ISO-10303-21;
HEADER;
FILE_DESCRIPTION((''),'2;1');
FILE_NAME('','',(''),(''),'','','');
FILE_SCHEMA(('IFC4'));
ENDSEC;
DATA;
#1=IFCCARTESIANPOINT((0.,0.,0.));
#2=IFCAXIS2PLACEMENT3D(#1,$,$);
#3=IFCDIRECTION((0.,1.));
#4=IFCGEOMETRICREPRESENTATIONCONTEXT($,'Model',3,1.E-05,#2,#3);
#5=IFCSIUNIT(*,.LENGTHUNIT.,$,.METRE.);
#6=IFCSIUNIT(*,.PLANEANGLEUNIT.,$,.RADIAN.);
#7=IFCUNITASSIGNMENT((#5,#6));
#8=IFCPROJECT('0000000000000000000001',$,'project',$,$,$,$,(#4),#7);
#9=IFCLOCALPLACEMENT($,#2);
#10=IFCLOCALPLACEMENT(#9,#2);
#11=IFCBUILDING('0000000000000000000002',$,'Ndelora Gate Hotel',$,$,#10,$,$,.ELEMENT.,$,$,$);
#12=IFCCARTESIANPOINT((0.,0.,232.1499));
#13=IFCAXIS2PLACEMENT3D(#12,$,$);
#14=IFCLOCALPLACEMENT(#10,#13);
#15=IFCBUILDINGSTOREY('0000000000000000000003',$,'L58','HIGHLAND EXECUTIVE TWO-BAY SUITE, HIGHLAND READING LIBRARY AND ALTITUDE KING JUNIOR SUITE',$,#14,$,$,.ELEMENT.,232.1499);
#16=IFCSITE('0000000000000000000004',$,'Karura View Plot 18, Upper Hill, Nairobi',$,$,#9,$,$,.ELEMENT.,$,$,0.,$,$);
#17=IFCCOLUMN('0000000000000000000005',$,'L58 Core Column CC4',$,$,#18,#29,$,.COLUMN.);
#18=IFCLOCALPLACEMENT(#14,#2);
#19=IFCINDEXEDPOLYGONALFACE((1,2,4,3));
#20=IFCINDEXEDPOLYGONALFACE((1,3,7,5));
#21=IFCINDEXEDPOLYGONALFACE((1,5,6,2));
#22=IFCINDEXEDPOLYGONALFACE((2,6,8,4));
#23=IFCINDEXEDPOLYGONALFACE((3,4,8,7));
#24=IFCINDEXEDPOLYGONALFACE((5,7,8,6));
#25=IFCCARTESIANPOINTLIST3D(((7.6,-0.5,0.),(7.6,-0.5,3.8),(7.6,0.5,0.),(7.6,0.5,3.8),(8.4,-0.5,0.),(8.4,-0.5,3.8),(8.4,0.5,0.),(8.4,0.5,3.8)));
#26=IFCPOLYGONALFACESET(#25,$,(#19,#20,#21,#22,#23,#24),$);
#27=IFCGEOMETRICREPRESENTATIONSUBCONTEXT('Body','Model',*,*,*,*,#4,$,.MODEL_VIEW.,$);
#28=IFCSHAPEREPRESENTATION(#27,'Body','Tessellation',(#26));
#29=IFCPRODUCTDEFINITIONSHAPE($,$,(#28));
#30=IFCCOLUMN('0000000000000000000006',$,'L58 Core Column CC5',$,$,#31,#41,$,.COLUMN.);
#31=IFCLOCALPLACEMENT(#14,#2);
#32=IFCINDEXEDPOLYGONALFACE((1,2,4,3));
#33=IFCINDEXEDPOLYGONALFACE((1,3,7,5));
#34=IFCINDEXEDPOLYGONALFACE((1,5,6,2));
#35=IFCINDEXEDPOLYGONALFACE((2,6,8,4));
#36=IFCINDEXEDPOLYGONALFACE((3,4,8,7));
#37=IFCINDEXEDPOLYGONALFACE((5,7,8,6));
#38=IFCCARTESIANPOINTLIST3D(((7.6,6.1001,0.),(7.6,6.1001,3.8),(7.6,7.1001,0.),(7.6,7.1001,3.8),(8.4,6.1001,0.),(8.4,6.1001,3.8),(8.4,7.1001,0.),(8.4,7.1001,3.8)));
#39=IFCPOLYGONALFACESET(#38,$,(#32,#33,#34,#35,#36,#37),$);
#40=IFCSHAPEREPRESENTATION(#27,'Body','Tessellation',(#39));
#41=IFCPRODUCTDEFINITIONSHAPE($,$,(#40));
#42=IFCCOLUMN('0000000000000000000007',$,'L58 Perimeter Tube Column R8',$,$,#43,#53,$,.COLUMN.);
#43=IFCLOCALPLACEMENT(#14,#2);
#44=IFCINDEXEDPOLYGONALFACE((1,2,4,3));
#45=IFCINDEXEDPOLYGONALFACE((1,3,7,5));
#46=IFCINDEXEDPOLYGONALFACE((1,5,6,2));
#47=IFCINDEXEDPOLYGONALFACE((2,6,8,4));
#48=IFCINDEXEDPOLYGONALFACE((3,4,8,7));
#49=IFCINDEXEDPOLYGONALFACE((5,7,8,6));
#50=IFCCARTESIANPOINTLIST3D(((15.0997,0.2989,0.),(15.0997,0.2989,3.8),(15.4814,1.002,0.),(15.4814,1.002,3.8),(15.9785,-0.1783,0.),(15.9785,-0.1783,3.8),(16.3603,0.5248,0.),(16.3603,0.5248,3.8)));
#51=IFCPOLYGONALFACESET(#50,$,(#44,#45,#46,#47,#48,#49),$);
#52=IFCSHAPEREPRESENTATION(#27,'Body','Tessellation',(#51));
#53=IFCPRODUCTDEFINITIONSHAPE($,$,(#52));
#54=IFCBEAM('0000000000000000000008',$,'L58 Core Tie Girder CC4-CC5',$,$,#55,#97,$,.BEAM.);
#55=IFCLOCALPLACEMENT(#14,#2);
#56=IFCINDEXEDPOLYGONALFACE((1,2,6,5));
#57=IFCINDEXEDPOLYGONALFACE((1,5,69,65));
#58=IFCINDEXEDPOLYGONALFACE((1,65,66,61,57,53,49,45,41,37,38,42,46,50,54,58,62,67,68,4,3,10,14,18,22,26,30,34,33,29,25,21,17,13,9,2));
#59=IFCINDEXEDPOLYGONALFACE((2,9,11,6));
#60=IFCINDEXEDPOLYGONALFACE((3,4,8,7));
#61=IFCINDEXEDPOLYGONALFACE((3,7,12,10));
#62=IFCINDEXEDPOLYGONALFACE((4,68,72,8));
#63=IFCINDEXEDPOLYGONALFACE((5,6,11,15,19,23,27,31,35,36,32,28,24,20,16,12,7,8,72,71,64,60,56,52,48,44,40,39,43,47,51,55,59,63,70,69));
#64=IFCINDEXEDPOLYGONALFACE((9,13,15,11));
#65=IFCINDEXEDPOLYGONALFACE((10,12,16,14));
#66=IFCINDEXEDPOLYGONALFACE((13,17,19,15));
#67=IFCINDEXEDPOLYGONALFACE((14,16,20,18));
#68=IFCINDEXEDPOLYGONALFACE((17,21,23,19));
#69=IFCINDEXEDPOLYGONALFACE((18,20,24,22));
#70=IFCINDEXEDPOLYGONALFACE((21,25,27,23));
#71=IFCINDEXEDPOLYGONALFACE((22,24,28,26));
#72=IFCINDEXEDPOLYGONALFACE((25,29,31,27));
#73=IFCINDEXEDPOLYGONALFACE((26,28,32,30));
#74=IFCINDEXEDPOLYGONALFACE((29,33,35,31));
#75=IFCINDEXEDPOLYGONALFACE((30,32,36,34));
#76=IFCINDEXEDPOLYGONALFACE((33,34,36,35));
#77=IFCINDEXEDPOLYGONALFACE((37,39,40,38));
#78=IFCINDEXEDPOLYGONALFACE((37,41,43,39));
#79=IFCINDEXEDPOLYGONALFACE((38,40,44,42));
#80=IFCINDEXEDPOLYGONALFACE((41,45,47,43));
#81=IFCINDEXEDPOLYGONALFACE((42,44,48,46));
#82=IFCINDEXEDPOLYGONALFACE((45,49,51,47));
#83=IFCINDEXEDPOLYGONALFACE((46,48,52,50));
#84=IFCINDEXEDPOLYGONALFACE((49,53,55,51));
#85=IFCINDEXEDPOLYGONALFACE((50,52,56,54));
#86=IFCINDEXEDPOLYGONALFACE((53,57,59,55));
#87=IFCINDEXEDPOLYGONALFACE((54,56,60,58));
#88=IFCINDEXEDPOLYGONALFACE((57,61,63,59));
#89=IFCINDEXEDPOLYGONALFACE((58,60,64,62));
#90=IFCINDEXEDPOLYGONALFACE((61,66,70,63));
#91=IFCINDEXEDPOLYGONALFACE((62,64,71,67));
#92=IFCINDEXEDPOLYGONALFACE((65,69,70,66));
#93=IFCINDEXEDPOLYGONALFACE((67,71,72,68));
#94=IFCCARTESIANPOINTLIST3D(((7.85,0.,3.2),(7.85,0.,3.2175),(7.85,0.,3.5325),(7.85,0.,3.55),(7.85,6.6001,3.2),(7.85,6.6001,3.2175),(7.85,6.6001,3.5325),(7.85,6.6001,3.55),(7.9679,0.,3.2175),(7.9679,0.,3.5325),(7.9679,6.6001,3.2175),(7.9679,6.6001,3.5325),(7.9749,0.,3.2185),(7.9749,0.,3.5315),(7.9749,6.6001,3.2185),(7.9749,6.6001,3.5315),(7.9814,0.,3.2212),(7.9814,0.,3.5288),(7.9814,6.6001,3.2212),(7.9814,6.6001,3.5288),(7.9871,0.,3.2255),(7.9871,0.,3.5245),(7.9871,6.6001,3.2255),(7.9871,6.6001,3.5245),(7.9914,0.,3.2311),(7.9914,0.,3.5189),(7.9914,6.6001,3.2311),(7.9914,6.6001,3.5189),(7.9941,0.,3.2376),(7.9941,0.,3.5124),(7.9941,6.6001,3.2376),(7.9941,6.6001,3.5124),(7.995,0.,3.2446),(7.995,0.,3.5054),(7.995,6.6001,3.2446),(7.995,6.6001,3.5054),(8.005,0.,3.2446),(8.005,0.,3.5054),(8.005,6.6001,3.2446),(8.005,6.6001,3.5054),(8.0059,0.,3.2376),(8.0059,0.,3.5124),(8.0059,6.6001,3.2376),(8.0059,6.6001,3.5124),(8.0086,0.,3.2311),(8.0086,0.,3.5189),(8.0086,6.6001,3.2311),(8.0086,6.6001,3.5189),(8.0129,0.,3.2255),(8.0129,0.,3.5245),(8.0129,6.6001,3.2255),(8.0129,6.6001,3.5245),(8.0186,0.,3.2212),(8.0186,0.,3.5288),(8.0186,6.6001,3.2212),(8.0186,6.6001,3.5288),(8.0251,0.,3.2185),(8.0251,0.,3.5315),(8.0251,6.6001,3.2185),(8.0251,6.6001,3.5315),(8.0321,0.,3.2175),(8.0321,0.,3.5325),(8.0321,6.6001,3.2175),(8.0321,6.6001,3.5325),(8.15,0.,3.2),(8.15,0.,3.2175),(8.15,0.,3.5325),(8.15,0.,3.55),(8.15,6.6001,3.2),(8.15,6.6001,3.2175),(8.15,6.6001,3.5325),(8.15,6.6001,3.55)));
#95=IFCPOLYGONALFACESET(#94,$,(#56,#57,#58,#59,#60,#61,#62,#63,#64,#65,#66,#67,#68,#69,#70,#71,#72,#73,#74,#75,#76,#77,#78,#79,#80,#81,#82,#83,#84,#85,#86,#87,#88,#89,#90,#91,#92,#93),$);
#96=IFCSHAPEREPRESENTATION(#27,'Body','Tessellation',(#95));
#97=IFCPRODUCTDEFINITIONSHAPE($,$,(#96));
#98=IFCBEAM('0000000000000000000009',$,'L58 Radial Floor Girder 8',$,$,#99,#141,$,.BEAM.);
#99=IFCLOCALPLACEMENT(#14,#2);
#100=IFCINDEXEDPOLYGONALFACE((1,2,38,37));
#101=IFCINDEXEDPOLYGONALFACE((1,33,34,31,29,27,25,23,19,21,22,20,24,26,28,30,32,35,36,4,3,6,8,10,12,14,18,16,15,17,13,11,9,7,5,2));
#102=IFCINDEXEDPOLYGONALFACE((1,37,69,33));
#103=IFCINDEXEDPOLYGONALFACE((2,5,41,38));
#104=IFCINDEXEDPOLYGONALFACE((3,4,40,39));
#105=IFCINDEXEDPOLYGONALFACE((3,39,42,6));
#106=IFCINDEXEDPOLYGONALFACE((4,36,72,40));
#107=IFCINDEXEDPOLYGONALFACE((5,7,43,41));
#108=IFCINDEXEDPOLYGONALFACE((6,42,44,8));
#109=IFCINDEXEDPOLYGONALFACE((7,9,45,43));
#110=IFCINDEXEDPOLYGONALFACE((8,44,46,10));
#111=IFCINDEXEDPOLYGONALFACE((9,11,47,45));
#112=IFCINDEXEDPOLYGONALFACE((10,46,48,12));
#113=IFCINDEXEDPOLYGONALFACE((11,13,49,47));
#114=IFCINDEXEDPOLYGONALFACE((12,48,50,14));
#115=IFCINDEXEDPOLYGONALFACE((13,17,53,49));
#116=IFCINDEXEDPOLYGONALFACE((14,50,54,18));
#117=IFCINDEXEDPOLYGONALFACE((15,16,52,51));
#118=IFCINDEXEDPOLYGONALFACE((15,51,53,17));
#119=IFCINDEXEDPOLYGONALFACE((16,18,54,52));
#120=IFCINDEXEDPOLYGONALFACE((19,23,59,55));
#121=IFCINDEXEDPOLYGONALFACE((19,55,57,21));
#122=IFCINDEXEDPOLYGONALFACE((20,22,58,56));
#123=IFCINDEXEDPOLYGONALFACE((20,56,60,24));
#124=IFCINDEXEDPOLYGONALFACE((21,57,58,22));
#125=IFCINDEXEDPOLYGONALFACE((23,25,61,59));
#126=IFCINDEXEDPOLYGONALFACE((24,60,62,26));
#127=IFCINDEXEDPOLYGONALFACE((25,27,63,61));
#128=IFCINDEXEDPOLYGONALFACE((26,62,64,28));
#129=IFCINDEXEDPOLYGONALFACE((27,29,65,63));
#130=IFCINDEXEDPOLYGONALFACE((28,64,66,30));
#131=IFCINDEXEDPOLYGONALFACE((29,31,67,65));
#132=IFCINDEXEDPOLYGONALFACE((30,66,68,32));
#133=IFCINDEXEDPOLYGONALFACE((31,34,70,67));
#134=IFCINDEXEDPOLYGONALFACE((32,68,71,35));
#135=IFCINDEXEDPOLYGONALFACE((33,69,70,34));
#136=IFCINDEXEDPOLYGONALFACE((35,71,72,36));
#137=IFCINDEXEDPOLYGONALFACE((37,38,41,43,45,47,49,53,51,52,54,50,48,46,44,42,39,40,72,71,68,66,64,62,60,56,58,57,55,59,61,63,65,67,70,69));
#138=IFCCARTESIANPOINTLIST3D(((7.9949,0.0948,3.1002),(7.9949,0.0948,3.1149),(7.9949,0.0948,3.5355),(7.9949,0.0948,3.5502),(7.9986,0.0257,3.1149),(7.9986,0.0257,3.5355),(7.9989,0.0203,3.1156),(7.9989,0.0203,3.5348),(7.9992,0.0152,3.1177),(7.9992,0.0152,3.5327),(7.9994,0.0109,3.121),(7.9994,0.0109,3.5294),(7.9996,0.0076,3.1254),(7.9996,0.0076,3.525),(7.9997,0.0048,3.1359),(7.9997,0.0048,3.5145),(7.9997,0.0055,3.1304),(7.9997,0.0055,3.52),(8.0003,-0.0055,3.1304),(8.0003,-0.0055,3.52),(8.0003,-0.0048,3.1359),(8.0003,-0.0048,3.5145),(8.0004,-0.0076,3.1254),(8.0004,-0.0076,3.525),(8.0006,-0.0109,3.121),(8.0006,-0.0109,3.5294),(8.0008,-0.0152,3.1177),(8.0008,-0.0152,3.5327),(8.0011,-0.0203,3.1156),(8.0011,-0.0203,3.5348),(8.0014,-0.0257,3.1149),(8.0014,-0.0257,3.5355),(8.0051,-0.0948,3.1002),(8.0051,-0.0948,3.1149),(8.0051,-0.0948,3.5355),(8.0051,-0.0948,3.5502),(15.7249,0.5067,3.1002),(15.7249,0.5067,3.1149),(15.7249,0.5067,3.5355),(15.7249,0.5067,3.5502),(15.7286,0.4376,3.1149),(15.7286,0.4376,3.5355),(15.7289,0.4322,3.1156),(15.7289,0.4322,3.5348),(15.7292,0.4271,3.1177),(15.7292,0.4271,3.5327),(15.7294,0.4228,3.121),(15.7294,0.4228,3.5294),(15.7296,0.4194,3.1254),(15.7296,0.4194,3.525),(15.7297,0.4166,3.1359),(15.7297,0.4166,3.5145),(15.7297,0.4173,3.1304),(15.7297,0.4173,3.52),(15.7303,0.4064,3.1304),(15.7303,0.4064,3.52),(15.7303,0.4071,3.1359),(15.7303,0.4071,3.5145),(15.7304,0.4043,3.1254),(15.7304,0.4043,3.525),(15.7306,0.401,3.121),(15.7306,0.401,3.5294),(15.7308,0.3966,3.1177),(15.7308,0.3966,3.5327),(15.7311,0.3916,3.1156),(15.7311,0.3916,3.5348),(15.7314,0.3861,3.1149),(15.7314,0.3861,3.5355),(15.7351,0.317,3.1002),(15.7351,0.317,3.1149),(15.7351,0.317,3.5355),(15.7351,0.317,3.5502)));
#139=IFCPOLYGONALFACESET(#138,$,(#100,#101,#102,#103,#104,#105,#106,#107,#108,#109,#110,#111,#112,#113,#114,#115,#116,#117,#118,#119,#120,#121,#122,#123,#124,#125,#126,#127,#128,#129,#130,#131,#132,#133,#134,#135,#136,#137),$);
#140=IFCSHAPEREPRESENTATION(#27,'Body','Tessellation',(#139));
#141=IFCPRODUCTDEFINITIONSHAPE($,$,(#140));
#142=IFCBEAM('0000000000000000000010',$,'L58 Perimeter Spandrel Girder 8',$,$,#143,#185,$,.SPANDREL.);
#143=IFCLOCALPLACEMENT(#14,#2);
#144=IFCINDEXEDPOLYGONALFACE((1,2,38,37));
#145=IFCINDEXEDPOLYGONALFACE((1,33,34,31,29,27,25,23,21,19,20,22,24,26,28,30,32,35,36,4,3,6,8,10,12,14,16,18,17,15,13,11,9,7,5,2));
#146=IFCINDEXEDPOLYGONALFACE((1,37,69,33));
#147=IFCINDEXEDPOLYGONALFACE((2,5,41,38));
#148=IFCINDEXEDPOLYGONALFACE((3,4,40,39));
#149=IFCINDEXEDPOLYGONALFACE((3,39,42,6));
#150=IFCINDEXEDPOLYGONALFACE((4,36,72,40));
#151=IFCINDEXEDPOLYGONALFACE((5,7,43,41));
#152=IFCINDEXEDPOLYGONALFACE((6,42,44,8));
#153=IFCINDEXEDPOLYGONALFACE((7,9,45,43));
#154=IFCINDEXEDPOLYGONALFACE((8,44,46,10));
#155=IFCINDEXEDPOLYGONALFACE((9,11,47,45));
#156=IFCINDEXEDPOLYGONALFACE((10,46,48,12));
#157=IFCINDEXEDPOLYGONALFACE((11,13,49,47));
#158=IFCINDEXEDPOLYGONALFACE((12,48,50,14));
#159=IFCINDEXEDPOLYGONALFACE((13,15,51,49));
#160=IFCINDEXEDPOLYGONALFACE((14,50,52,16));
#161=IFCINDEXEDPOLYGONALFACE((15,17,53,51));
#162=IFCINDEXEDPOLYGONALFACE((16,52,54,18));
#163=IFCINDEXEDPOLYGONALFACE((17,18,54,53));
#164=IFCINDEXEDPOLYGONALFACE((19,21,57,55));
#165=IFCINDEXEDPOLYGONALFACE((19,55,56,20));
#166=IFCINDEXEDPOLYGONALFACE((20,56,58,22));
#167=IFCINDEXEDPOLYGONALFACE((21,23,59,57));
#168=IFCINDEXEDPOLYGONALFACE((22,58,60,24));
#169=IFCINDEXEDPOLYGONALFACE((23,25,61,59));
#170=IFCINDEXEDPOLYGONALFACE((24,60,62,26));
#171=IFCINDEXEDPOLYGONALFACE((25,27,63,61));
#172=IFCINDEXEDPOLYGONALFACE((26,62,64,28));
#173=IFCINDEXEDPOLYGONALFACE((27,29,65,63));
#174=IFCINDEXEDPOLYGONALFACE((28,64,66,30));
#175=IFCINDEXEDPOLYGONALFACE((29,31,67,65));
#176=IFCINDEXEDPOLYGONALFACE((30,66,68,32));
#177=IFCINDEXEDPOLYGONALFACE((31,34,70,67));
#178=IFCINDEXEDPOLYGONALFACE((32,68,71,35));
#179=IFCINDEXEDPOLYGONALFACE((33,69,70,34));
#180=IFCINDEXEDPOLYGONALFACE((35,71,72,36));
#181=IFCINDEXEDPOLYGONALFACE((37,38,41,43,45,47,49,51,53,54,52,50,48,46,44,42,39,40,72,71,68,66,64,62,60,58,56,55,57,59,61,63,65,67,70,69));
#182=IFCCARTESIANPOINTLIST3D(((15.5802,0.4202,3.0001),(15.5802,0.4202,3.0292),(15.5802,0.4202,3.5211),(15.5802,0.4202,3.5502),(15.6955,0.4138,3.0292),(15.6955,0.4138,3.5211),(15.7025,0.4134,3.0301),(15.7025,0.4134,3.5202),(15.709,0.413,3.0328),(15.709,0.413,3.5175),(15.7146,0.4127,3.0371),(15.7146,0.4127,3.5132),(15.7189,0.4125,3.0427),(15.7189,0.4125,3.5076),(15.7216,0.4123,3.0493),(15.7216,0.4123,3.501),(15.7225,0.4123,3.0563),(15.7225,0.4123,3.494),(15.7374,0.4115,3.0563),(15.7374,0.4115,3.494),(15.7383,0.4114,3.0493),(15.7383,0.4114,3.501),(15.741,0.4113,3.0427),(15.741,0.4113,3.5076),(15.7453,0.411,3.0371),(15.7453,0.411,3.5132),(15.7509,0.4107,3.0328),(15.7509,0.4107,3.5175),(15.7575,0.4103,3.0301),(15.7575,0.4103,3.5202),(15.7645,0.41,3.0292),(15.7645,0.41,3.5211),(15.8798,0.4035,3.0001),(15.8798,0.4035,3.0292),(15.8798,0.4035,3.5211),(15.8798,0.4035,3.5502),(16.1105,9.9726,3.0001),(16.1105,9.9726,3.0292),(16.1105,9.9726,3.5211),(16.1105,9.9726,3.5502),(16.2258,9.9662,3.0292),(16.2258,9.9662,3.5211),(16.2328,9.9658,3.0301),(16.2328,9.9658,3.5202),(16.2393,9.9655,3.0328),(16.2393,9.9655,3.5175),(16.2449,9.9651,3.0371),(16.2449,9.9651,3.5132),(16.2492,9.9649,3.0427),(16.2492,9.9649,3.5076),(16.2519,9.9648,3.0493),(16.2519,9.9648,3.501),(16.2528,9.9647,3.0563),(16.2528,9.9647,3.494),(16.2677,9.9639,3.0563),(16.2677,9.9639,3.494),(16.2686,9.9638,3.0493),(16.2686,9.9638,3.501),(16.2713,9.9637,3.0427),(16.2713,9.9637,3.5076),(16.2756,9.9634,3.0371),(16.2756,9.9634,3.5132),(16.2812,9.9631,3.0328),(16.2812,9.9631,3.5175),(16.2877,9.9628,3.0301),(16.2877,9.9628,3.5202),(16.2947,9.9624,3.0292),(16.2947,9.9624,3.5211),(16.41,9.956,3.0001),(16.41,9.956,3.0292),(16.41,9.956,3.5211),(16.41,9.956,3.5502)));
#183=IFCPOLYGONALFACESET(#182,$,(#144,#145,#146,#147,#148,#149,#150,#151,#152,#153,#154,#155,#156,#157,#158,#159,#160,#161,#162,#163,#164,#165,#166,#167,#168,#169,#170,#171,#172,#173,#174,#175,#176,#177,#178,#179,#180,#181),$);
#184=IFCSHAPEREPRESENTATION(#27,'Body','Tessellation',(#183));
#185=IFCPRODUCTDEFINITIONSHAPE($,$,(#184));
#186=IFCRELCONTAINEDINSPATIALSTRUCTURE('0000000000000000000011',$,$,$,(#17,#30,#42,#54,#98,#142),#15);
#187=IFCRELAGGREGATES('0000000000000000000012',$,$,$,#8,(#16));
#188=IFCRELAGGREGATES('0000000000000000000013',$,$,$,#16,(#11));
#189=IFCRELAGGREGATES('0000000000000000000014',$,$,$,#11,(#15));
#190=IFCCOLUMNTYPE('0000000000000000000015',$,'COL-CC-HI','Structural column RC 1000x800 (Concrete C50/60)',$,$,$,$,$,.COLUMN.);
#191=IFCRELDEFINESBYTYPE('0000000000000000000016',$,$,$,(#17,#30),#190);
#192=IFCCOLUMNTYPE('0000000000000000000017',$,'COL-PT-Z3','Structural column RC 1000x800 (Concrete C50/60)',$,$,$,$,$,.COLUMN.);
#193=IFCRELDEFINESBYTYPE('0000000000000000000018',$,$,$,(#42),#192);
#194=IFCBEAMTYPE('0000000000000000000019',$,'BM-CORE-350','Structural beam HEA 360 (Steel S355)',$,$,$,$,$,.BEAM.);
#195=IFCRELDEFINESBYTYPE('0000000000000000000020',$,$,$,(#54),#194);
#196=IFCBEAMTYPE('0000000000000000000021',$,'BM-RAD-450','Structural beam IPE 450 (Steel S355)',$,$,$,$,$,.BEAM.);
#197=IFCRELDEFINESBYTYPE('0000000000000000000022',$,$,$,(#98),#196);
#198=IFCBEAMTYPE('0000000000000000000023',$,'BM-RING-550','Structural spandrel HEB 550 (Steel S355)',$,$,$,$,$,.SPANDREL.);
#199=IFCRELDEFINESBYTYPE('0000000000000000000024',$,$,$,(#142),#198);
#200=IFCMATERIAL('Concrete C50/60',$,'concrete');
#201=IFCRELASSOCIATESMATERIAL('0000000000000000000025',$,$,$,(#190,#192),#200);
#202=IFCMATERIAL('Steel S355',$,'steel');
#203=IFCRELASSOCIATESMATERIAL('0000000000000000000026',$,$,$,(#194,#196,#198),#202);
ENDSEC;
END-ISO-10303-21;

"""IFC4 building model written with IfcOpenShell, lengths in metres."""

from ifc_helpers import new_model, si_unit, direction, frame, origin, origin_2d, place, context, subcontext, project, spatial, rectangle, i_section, extrude, material, material_profile, profile_set, type_object, element, save


model = new_model("IFC4")

# Units and contexts
model_context = context("Model", 3, precision=1e-05, world=origin(), true_north=direction((0.0, 1.0)))
body_context = subcontext(model_context, "Body", "Model", "MODEL_VIEW")
ifc_project = project(units=[si_unit("LENGTHUNIT", "METRE"), si_unit("PLANEANGLEUNIT", "RADIAN")], contexts=[model_context])

# Site, building, storey
site_placement = place(None, origin())
site = spatial("IfcSite", under=ifc_project, at=site_placement, Name="Karura View Plot 18, Upper Hill, Nairobi", CompositionType="ELEMENT", RefElevation=0.0)
building_placement = place(site_placement, origin())
building = spatial("IfcBuilding", under=site, at=building_placement, Name="Ndelora Gate Hotel", CompositionType="ELEMENT")
storey_placement = place(building_placement, frame((0.0, 0.0, 232.1499)))
storey = spatial("IfcBuildingStorey", under=building, at=storey_placement, Name="L58", Description="HIGHLAND EXECUTIVE TWO-BAY SUITE, HIGHLAND READING LIBRARY AND ALTITUDE KING JUNIOR SUITE", CompositionType="ELEMENT", Elevation=232.1499)

# Columns
ifc_material_1 = material(Name="Concrete C50/60", Category="concrete")
ifc_material_profile_1 = material_profile(ifc_material_1, rectangle(XDim=0.8, YDim=1.0, at=origin_2d()), Name="RC 1000x800")
ifc_profile_set_1 = profile_set([ifc_material_profile_1], Name="Concrete C50/60")
column_type_1 = type_object("IfcColumnType", Name="COL-CC-HI", Description="Structural column RC 1000x800 (Concrete C50/60)", PredefinedType="COLUMN", material=ifc_profile_set_1)
for number, where, z_axis, x_axis, name in (
    (1, (8.0, 0.0, 0.0), (0.0, 0.0, 1.0), (1.0, 0.0, 0.0), "L58 Core Column CC4"),
    (2, (8.0, 6.6001, 0.0), (0.0, 0.0, 1.0), (1.0, 0.0, 0.0), "L58 Core Column CC5"),
):
    element("IfcColumn", number, at=place(storey_placement, frame(where, z_axis=z_axis, x_axis=x_axis)), inside=storey, type_object=column_type_1, Name=name, PredefinedType="COLUMN", context=body_context, shape_type="SweptSolid", body=[
        extrude(rectangle(XDim=0.8, YDim=1.0, at=origin_2d()), origin(), (0.0, 0.0, 1.0), 3.8),
    ])
ifc_material_profile_2 = material_profile(ifc_material_1, rectangle(XDim=0.8, YDim=1.0, at=origin_2d()), Name="RC 1000x800")
ifc_profile_set_2 = profile_set([ifc_material_profile_2], Name="Concrete C50/60")
column_type_2 = type_object("IfcColumnType", Name="COL-PT-Z3", Description="Structural column RC 1000x800 (Concrete C50/60)", PredefinedType="COLUMN", material=ifc_profile_set_2)
column_placement = place(storey_placement, frame((15.73, 0.4119, 0.0), z_axis=(0.0, 0.0, 1.0), x_axis=(0.477159, 0.878817, 0.0)))
element("IfcColumn", 3, at=column_placement, inside=storey, type_object=column_type_2, Name="L58 Perimeter Tube Column R8", PredefinedType="COLUMN", context=body_context, shape_type="SweptSolid", body=[
    extrude(rectangle(XDim=0.8, YDim=1.0, at=origin_2d()), origin(), (0.0, 0.0, 1.0), 3.8),
])

# Beams
ifc_material_2 = material(Name="Steel S355", Category="steel")
ifc_material_profile_3 = material_profile(ifc_material_2, i_section(OverallWidth=0.3, OverallDepth=0.3501, WebThickness=0.01, FlangeThickness=0.0176, FilletRadius=0.0271, at=origin_2d()), Name="HEA 360")
ifc_profile_set_3 = profile_set([ifc_material_profile_3], Name="Steel S355")
beam_type_1 = type_object("IfcBeamType", Name="BM-CORE-350", Description="Structural beam HEA 360 (Steel S355)", PredefinedType="BEAM", material=ifc_profile_set_3)
beam_1_placement = place(storey_placement, frame((8.0, 0.0, 3.375), z_axis=(0.0, 1.0, 0.0), x_axis=(-1.0, 0.0, 0.0)))
element("IfcBeam", 4, at=beam_1_placement, inside=storey, type_object=beam_type_1, Name="L58 Core Tie Girder CC4-CC5", PredefinedType="BEAM", context=body_context, shape_type="SweptSolid", body=[
    extrude(i_section(OverallWidth=0.3, OverallDepth=0.3501, WebThickness=0.01, FlangeThickness=0.0176, FilletRadius=0.0271, at=origin_2d()), origin(), (0.0, 0.0, 1.0), 6.6001),
])
ifc_material_profile_4 = material_profile(ifc_material_2, i_section(OverallWidth=0.1899, OverallDepth=0.45, WebThickness=0.0095, FlangeThickness=0.0146, FilletRadius=0.021, at=origin_2d()), Name="IPE 450")
ifc_profile_set_4 = profile_set([ifc_material_profile_4], Name="Steel S355")
beam_type_2 = type_object("IfcBeamType", Name="BM-RAD-450", Description="Structural beam IPE 450 (Steel S355)", PredefinedType="BEAM", material=ifc_profile_set_4)
beam_2_placement = place(storey_placement, frame((8.0, 0.0, 3.3252), z_axis=(0.998584, 0.053206, 0.0), x_axis=(-0.053206, 0.998584, 0.0)))
element("IfcBeam", 5, at=beam_2_placement, inside=storey, type_object=beam_type_2, Name="L58 Radial Floor Girder 8", PredefinedType="BEAM", context=body_context, shape_type="SweptSolid", body=[
    extrude(i_section(OverallWidth=0.1899, OverallDepth=0.45, WebThickness=0.0095, FlangeThickness=0.0146, FilletRadius=0.021, at=origin_2d()), origin(), (0.0, 0.0, 1.0), 7.741),
])
ifc_material_profile_5 = material_profile(ifc_material_2, i_section(OverallWidth=0.3, OverallDepth=0.55, WebThickness=0.0149, FlangeThickness=0.0291, FilletRadius=0.0271, at=origin_2d()), Name="HEB 550")
ifc_profile_set_5 = profile_set([ifc_material_profile_5], Name="Steel S355")
beam_type_3 = type_object("IfcBeamType", Name="BM-RING-550", Description="Structural spandrel HEB 550 (Steel S355)", PredefinedType="SPANDREL", material=ifc_profile_set_5)
beam_3_placement = place(storey_placement, frame((15.73, 0.4119, 3.2751), z_axis=(0.055426, 0.998463, 0.0), x_axis=(-0.998463, 0.055426, 0.0)))
element("IfcBeam", 6, at=beam_3_placement, inside=storey, type_object=beam_type_3, Name="L58 Perimeter Spandrel Girder 8", PredefinedType="SPANDREL", context=body_context, shape_type="SweptSolid", body=[
    extrude(i_section(OverallWidth=0.3, OverallDepth=0.55, WebThickness=0.0149, FlangeThickness=0.0291, FilletRadius=0.0271, at=origin_2d()), origin(), (0.0, 0.0, 1.0), 9.5671),
])

save(model, "model.ifc")
